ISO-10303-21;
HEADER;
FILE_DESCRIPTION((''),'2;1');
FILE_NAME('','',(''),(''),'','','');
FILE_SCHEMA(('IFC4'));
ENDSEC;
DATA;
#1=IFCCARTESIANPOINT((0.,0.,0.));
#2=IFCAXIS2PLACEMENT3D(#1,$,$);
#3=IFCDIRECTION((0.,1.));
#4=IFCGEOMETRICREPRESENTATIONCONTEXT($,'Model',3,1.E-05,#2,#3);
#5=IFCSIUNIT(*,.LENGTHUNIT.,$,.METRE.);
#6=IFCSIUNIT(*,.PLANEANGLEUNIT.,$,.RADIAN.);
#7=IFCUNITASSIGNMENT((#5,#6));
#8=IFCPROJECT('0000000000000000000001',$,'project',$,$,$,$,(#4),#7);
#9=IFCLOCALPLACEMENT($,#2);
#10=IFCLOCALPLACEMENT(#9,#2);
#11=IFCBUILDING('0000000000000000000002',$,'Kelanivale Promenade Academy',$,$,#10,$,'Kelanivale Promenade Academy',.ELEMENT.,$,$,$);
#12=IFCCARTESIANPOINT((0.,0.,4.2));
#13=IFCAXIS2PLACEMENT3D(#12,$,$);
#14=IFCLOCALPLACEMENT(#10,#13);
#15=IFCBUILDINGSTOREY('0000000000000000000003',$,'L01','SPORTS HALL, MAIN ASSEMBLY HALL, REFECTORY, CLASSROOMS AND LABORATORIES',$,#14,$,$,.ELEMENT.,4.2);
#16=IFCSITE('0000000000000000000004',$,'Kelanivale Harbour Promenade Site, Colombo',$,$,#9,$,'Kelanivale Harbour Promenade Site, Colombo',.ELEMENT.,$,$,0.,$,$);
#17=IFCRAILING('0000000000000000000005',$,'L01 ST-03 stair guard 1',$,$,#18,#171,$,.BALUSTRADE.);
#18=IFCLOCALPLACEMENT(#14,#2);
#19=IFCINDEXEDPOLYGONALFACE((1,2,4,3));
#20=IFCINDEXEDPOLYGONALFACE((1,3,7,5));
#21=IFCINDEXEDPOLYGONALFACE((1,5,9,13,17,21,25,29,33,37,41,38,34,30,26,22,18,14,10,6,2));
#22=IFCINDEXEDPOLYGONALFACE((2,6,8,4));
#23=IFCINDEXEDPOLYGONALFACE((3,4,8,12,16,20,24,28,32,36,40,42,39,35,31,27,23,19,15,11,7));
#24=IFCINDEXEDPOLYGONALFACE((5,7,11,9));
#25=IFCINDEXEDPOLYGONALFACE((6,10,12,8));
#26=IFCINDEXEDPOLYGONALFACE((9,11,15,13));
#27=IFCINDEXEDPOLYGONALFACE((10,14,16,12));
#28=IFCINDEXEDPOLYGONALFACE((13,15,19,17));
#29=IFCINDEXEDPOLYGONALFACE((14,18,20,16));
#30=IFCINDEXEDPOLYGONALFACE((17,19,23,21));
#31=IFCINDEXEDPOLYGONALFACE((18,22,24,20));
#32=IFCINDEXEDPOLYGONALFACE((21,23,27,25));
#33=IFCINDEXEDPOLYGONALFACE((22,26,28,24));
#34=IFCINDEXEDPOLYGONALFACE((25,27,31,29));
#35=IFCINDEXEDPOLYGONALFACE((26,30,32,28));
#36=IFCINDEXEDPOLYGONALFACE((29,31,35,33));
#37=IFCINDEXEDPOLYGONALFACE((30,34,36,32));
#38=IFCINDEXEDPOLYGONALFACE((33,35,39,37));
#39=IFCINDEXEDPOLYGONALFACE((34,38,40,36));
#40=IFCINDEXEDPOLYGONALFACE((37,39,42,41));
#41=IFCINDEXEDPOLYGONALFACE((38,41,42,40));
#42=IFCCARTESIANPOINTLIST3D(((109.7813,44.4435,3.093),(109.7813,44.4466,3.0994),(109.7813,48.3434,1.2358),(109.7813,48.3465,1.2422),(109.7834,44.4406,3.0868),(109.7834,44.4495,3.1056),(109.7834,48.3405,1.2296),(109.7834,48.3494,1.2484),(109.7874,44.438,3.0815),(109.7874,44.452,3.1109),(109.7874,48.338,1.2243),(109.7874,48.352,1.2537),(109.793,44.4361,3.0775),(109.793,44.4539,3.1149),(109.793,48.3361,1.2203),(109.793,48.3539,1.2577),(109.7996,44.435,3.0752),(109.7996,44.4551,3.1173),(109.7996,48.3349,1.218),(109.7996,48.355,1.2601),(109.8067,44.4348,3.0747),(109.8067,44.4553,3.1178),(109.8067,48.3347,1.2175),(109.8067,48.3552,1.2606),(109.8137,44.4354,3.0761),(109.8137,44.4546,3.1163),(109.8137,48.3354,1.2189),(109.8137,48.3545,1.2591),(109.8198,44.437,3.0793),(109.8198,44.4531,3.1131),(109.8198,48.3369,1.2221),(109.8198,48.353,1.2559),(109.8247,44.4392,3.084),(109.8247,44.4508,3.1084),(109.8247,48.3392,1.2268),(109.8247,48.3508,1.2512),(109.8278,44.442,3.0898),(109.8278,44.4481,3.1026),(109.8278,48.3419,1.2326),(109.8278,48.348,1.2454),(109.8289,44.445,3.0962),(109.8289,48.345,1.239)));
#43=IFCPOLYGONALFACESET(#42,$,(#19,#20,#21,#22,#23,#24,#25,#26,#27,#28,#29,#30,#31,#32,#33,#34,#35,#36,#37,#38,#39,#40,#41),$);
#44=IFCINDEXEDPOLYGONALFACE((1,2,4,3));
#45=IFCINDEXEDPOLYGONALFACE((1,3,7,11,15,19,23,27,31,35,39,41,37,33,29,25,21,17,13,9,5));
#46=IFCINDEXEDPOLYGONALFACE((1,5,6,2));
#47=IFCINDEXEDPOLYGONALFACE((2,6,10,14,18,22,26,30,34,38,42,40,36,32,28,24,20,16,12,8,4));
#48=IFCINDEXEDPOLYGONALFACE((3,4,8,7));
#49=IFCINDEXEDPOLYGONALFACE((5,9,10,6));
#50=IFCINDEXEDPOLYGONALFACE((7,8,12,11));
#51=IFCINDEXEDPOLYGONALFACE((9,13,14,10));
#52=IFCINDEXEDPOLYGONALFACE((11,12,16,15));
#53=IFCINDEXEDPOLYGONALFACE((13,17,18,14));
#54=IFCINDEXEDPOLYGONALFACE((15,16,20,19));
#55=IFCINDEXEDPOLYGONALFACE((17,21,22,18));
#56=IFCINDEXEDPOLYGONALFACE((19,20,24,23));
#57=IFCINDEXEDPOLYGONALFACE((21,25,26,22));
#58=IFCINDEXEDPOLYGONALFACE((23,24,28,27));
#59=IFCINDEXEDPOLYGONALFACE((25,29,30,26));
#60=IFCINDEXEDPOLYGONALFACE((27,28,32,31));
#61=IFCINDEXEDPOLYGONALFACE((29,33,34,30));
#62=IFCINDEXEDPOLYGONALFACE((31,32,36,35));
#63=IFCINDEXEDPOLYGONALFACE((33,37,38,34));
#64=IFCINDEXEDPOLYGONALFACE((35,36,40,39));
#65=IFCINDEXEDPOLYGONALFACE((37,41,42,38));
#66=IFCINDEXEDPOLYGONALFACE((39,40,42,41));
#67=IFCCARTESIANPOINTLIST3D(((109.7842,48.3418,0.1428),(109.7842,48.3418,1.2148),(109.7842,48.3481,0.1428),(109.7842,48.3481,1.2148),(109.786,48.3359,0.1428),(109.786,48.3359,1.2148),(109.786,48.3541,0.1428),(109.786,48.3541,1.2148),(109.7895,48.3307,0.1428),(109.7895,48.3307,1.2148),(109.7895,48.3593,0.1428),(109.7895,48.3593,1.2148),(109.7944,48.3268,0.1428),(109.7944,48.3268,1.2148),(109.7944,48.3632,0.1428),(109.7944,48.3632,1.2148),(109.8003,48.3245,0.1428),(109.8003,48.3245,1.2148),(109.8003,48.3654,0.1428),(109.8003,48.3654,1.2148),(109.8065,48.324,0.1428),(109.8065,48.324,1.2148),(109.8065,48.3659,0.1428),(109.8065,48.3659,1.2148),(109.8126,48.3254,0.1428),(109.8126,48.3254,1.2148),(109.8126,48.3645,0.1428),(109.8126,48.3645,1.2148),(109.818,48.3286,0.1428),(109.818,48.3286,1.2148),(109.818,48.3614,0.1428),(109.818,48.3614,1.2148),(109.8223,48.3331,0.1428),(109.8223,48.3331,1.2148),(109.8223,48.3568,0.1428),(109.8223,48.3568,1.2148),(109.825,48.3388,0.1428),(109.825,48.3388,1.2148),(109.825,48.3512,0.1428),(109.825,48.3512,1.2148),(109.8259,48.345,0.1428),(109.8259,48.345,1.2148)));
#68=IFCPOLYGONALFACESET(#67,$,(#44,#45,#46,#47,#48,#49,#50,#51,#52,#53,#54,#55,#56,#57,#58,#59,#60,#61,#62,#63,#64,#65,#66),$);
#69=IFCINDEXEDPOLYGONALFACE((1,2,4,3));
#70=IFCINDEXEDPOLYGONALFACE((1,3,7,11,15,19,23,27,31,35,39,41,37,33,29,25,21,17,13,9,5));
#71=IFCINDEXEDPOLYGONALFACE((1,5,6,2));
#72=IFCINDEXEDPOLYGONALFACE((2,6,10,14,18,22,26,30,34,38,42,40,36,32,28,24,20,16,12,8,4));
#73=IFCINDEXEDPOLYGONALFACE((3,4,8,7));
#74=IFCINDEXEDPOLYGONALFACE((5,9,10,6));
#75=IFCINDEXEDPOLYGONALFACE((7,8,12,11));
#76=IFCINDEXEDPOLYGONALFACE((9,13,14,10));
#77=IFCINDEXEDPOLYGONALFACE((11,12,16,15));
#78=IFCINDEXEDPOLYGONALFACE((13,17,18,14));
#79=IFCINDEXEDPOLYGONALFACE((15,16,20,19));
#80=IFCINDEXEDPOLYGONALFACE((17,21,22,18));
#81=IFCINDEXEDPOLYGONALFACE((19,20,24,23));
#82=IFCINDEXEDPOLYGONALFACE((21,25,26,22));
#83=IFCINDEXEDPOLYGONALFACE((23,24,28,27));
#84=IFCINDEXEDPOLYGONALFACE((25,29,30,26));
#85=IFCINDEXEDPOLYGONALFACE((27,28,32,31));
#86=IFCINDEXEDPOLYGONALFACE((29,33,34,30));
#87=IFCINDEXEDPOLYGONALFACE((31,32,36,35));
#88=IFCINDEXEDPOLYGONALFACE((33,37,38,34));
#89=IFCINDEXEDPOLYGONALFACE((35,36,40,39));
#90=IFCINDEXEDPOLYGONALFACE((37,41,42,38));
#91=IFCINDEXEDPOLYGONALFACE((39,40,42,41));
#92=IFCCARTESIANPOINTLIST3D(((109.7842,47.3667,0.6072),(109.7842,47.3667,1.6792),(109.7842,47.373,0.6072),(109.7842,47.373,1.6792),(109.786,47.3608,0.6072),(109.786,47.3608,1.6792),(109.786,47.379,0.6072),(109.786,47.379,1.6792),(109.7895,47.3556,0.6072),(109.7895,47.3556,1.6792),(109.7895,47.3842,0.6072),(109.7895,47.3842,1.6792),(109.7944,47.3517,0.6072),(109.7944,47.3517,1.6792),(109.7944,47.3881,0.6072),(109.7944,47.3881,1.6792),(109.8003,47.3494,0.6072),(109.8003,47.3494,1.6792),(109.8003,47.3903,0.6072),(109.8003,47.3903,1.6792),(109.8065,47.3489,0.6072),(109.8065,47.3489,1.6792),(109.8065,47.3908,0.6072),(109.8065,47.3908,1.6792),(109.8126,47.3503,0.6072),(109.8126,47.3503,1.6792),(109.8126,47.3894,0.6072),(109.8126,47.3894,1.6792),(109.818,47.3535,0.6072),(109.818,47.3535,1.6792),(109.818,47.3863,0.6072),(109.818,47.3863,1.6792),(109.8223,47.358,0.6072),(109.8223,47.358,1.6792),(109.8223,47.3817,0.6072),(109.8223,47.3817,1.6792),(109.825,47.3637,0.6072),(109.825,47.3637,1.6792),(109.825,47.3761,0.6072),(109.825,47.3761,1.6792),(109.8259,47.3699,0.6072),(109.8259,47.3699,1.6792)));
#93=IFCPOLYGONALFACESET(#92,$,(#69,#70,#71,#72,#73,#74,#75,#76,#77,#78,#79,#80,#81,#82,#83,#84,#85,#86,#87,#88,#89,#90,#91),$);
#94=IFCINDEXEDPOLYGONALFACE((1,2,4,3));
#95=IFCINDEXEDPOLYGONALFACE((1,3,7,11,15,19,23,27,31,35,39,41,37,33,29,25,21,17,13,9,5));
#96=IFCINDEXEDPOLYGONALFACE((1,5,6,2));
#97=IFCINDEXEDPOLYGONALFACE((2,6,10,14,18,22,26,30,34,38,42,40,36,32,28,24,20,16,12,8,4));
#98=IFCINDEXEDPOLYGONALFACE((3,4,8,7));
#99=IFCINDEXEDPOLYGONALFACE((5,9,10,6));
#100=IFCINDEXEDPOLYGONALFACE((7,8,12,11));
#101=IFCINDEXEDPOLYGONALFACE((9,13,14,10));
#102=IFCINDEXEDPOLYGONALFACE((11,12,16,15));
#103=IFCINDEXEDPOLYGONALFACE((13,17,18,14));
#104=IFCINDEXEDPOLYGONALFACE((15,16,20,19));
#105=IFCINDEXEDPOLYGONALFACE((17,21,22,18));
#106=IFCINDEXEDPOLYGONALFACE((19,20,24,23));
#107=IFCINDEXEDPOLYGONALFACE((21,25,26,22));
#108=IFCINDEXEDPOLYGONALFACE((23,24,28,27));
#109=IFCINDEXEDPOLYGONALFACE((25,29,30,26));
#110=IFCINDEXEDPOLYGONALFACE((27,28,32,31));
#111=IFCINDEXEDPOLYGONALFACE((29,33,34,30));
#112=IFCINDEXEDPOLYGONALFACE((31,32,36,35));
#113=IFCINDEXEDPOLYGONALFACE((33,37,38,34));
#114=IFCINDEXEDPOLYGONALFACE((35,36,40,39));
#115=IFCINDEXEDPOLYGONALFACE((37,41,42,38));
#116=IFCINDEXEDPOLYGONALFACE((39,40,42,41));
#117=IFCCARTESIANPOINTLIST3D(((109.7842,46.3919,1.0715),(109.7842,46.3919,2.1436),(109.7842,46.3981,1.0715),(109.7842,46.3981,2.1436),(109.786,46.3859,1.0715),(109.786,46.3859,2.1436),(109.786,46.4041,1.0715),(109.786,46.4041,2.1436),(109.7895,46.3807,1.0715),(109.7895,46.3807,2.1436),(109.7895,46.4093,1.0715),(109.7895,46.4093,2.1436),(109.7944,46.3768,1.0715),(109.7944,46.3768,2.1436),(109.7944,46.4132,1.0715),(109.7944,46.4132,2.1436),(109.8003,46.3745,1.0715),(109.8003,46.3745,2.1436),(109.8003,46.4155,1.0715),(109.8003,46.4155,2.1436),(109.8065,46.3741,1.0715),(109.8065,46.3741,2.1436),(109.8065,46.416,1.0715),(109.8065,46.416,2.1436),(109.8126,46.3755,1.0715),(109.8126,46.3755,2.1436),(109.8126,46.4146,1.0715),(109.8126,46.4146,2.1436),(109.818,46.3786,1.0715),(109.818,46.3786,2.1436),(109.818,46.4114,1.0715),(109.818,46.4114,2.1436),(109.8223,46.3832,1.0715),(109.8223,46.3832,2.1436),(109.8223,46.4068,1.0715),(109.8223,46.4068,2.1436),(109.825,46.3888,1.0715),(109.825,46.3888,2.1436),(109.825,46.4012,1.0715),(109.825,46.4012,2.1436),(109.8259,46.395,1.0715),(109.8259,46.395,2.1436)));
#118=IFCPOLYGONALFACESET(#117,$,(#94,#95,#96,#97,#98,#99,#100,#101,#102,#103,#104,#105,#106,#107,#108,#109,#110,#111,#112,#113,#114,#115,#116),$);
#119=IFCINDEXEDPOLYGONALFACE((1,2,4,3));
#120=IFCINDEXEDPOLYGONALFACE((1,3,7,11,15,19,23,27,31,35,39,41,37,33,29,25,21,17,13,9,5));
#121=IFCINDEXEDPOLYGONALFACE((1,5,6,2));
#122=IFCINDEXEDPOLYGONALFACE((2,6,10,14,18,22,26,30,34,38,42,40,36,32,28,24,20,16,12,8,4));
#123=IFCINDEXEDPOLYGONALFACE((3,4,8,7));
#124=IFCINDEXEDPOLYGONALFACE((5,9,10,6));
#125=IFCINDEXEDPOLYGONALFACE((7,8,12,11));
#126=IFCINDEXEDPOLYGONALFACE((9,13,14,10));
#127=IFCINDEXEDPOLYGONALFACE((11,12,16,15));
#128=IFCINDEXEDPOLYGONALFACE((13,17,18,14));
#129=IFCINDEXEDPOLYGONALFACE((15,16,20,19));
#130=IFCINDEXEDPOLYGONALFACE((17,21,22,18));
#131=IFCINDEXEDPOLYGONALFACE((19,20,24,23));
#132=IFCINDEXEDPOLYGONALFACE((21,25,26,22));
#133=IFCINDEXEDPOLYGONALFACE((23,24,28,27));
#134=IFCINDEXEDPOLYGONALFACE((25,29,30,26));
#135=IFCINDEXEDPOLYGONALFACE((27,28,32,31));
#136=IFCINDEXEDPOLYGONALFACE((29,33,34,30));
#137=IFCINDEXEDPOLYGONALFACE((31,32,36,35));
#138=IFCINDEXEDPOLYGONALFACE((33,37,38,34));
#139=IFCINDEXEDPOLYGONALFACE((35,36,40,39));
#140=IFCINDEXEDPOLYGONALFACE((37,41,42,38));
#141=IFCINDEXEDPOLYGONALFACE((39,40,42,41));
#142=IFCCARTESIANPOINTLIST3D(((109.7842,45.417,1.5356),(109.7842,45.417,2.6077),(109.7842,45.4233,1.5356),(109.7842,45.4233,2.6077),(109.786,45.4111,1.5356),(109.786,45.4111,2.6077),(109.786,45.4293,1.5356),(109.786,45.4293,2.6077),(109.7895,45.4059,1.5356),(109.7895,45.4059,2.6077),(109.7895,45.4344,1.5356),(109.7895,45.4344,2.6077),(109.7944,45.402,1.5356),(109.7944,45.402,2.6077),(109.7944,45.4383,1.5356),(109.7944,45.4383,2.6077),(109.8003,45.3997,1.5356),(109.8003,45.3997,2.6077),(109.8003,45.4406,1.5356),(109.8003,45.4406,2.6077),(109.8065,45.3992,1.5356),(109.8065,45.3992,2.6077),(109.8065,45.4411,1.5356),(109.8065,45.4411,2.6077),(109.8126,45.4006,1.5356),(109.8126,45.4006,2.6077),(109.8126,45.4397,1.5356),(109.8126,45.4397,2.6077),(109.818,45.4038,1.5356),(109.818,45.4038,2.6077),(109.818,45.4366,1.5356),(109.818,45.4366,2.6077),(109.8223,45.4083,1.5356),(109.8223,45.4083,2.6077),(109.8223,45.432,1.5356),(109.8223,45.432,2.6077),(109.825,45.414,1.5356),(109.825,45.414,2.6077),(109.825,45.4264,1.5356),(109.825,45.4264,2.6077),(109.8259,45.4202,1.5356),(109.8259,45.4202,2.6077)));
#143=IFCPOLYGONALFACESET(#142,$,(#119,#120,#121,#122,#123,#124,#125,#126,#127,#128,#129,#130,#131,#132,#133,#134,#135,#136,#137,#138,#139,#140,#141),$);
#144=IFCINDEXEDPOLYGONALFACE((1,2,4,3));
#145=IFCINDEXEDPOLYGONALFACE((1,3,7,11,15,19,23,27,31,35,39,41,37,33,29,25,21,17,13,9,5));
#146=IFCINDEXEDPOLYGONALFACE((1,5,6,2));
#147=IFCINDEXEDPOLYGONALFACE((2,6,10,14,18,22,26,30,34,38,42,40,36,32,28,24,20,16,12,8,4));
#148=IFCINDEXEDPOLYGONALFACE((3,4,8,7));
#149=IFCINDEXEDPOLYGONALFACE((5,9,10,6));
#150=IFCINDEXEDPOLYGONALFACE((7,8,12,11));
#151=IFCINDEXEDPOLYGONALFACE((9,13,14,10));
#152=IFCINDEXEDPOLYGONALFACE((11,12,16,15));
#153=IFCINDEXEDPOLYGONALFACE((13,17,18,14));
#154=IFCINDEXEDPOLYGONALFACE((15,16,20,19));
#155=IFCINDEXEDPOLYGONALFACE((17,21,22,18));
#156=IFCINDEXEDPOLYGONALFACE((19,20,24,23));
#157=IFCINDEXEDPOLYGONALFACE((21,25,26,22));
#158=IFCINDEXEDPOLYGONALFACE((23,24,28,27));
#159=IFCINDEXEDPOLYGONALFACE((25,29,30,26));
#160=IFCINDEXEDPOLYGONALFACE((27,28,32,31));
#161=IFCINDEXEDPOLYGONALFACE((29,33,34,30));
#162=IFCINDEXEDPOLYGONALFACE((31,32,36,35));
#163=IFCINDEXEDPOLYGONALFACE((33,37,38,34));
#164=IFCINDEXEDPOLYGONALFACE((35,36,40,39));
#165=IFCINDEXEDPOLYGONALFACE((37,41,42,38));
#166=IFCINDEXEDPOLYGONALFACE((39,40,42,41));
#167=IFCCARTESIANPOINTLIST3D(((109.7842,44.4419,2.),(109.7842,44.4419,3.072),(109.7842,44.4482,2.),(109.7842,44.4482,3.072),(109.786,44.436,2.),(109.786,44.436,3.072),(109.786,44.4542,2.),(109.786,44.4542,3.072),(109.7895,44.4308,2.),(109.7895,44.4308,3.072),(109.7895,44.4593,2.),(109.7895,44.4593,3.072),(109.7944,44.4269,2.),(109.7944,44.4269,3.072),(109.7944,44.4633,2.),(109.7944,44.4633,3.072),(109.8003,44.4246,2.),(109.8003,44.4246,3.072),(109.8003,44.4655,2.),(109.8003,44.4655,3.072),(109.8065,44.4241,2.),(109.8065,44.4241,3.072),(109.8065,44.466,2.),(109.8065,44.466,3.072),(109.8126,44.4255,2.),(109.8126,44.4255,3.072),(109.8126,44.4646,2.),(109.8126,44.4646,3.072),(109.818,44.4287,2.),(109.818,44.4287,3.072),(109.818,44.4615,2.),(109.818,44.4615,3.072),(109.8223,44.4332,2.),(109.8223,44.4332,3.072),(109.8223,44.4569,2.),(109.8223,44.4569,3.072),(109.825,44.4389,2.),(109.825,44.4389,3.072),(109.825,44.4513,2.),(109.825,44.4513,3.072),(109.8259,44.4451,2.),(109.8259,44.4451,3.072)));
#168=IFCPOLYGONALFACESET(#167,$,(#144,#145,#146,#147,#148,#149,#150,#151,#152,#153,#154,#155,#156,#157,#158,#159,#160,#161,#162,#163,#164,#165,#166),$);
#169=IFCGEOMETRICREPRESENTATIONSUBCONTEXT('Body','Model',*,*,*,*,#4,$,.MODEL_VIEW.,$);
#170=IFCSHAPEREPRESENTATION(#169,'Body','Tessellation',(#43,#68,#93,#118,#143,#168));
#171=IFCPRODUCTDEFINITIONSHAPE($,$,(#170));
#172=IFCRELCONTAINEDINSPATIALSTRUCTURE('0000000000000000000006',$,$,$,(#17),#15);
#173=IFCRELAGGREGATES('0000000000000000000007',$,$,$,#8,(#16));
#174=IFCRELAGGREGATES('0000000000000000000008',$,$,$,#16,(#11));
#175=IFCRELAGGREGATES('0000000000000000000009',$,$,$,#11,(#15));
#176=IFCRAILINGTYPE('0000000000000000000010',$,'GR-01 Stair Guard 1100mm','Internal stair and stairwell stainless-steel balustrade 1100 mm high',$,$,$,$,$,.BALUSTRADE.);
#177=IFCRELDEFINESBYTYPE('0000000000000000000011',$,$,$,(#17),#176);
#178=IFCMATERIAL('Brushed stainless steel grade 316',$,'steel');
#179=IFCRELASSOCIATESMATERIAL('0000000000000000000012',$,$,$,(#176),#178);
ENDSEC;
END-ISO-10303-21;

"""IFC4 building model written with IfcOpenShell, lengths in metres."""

from ifc_helpers import new_model, si_unit, direction, frame, origin, origin_2d, place, context, subcontext, project, spatial, circle, extrude, material, type_object, element, save


model = new_model("IFC4")

# Units and contexts
model_context = context("Model", 3, precision=1e-05, world=origin(), true_north=direction((0.0, 1.0)))
body_context = subcontext(model_context, "Body", "Model", "MODEL_VIEW")
ifc_project = project(units=[si_unit("LENGTHUNIT", "METRE"), si_unit("PLANEANGLEUNIT", "RADIAN")], contexts=[model_context])

# Site, building, storey
site_placement = place(None, origin())
site = spatial("IfcSite", under=ifc_project, at=site_placement, Name="Kelanivale Harbour Promenade Site, Colombo", LongName="Kelanivale Harbour Promenade Site, Colombo", CompositionType="ELEMENT", RefElevation=0.0)
building_placement = place(site_placement, origin())
building = spatial("IfcBuilding", under=site, at=building_placement, Name="Kelanivale Promenade Academy", LongName="Kelanivale Promenade Academy", CompositionType="ELEMENT")
storey_placement = place(building_placement, frame((0.0, 0.0, 4.2)))
storey = spatial("IfcBuildingStorey", under=building, at=storey_placement, Name="L01", Description="SPORTS HALL, MAIN ASSEMBLY HALL, REFECTORY, CLASSROOMS AND LABORATORIES", CompositionType="ELEMENT", Elevation=4.2)

# Railing
ifc_material_1 = material(Name="Brushed stainless steel grade 316", Category="steel")
railing_type_1 = type_object("IfcRailingType", Name="GR-01 Stair Guard 1100mm", Description="Internal stair and stairwell stainless-steel balustrade 1100 mm high", PredefinedType="BALUSTRADE", material=ifc_material_1)
railing_1_placement = place(storey_placement, frame((109.8049, 48.345, 0.1428)))
element("IfcRailing", 1, at=railing_1_placement, inside=storey, type_object=railing_type_1, Name="L01 ST-03 stair guard 1", PredefinedType="BALUSTRADE", context=body_context, shape_type="SweptSolid", body=[
    extrude(circle(Radius=0.0239, at=origin_2d()), frame((0.0, 0.0, 1.0962), z_axis=(0.0, -0.902853, 0.429949), x_axis=(1.0, 0.0, 0.0)), (0.0, 0.0, 1.0), 4.3196),
    extrude(circle(Radius=0.021, at=origin_2d()), origin(), (0.0, 0.0, 1.0), 1.072),
    extrude(circle(Radius=0.021, at=origin_2d()), frame((0.0, -0.9751, 0.4644)), (0.0, 0.0, 1.0), 1.072),
    extrude(circle(Radius=0.021, at=origin_2d()), frame((0.0, -1.95, 0.9287)), (0.0, 0.0, 1.0), 1.072),
    extrude(circle(Radius=0.021, at=origin_2d()), frame((0.0, -2.9248, 1.3928)), (0.0, 0.0, 1.0), 1.072),
    extrude(circle(Radius=0.021, at=origin_2d()), frame((0.0, -3.8999, 1.8572)), (0.0, 0.0, 1.0), 1.072),
])

save(model, "model.ifc")
